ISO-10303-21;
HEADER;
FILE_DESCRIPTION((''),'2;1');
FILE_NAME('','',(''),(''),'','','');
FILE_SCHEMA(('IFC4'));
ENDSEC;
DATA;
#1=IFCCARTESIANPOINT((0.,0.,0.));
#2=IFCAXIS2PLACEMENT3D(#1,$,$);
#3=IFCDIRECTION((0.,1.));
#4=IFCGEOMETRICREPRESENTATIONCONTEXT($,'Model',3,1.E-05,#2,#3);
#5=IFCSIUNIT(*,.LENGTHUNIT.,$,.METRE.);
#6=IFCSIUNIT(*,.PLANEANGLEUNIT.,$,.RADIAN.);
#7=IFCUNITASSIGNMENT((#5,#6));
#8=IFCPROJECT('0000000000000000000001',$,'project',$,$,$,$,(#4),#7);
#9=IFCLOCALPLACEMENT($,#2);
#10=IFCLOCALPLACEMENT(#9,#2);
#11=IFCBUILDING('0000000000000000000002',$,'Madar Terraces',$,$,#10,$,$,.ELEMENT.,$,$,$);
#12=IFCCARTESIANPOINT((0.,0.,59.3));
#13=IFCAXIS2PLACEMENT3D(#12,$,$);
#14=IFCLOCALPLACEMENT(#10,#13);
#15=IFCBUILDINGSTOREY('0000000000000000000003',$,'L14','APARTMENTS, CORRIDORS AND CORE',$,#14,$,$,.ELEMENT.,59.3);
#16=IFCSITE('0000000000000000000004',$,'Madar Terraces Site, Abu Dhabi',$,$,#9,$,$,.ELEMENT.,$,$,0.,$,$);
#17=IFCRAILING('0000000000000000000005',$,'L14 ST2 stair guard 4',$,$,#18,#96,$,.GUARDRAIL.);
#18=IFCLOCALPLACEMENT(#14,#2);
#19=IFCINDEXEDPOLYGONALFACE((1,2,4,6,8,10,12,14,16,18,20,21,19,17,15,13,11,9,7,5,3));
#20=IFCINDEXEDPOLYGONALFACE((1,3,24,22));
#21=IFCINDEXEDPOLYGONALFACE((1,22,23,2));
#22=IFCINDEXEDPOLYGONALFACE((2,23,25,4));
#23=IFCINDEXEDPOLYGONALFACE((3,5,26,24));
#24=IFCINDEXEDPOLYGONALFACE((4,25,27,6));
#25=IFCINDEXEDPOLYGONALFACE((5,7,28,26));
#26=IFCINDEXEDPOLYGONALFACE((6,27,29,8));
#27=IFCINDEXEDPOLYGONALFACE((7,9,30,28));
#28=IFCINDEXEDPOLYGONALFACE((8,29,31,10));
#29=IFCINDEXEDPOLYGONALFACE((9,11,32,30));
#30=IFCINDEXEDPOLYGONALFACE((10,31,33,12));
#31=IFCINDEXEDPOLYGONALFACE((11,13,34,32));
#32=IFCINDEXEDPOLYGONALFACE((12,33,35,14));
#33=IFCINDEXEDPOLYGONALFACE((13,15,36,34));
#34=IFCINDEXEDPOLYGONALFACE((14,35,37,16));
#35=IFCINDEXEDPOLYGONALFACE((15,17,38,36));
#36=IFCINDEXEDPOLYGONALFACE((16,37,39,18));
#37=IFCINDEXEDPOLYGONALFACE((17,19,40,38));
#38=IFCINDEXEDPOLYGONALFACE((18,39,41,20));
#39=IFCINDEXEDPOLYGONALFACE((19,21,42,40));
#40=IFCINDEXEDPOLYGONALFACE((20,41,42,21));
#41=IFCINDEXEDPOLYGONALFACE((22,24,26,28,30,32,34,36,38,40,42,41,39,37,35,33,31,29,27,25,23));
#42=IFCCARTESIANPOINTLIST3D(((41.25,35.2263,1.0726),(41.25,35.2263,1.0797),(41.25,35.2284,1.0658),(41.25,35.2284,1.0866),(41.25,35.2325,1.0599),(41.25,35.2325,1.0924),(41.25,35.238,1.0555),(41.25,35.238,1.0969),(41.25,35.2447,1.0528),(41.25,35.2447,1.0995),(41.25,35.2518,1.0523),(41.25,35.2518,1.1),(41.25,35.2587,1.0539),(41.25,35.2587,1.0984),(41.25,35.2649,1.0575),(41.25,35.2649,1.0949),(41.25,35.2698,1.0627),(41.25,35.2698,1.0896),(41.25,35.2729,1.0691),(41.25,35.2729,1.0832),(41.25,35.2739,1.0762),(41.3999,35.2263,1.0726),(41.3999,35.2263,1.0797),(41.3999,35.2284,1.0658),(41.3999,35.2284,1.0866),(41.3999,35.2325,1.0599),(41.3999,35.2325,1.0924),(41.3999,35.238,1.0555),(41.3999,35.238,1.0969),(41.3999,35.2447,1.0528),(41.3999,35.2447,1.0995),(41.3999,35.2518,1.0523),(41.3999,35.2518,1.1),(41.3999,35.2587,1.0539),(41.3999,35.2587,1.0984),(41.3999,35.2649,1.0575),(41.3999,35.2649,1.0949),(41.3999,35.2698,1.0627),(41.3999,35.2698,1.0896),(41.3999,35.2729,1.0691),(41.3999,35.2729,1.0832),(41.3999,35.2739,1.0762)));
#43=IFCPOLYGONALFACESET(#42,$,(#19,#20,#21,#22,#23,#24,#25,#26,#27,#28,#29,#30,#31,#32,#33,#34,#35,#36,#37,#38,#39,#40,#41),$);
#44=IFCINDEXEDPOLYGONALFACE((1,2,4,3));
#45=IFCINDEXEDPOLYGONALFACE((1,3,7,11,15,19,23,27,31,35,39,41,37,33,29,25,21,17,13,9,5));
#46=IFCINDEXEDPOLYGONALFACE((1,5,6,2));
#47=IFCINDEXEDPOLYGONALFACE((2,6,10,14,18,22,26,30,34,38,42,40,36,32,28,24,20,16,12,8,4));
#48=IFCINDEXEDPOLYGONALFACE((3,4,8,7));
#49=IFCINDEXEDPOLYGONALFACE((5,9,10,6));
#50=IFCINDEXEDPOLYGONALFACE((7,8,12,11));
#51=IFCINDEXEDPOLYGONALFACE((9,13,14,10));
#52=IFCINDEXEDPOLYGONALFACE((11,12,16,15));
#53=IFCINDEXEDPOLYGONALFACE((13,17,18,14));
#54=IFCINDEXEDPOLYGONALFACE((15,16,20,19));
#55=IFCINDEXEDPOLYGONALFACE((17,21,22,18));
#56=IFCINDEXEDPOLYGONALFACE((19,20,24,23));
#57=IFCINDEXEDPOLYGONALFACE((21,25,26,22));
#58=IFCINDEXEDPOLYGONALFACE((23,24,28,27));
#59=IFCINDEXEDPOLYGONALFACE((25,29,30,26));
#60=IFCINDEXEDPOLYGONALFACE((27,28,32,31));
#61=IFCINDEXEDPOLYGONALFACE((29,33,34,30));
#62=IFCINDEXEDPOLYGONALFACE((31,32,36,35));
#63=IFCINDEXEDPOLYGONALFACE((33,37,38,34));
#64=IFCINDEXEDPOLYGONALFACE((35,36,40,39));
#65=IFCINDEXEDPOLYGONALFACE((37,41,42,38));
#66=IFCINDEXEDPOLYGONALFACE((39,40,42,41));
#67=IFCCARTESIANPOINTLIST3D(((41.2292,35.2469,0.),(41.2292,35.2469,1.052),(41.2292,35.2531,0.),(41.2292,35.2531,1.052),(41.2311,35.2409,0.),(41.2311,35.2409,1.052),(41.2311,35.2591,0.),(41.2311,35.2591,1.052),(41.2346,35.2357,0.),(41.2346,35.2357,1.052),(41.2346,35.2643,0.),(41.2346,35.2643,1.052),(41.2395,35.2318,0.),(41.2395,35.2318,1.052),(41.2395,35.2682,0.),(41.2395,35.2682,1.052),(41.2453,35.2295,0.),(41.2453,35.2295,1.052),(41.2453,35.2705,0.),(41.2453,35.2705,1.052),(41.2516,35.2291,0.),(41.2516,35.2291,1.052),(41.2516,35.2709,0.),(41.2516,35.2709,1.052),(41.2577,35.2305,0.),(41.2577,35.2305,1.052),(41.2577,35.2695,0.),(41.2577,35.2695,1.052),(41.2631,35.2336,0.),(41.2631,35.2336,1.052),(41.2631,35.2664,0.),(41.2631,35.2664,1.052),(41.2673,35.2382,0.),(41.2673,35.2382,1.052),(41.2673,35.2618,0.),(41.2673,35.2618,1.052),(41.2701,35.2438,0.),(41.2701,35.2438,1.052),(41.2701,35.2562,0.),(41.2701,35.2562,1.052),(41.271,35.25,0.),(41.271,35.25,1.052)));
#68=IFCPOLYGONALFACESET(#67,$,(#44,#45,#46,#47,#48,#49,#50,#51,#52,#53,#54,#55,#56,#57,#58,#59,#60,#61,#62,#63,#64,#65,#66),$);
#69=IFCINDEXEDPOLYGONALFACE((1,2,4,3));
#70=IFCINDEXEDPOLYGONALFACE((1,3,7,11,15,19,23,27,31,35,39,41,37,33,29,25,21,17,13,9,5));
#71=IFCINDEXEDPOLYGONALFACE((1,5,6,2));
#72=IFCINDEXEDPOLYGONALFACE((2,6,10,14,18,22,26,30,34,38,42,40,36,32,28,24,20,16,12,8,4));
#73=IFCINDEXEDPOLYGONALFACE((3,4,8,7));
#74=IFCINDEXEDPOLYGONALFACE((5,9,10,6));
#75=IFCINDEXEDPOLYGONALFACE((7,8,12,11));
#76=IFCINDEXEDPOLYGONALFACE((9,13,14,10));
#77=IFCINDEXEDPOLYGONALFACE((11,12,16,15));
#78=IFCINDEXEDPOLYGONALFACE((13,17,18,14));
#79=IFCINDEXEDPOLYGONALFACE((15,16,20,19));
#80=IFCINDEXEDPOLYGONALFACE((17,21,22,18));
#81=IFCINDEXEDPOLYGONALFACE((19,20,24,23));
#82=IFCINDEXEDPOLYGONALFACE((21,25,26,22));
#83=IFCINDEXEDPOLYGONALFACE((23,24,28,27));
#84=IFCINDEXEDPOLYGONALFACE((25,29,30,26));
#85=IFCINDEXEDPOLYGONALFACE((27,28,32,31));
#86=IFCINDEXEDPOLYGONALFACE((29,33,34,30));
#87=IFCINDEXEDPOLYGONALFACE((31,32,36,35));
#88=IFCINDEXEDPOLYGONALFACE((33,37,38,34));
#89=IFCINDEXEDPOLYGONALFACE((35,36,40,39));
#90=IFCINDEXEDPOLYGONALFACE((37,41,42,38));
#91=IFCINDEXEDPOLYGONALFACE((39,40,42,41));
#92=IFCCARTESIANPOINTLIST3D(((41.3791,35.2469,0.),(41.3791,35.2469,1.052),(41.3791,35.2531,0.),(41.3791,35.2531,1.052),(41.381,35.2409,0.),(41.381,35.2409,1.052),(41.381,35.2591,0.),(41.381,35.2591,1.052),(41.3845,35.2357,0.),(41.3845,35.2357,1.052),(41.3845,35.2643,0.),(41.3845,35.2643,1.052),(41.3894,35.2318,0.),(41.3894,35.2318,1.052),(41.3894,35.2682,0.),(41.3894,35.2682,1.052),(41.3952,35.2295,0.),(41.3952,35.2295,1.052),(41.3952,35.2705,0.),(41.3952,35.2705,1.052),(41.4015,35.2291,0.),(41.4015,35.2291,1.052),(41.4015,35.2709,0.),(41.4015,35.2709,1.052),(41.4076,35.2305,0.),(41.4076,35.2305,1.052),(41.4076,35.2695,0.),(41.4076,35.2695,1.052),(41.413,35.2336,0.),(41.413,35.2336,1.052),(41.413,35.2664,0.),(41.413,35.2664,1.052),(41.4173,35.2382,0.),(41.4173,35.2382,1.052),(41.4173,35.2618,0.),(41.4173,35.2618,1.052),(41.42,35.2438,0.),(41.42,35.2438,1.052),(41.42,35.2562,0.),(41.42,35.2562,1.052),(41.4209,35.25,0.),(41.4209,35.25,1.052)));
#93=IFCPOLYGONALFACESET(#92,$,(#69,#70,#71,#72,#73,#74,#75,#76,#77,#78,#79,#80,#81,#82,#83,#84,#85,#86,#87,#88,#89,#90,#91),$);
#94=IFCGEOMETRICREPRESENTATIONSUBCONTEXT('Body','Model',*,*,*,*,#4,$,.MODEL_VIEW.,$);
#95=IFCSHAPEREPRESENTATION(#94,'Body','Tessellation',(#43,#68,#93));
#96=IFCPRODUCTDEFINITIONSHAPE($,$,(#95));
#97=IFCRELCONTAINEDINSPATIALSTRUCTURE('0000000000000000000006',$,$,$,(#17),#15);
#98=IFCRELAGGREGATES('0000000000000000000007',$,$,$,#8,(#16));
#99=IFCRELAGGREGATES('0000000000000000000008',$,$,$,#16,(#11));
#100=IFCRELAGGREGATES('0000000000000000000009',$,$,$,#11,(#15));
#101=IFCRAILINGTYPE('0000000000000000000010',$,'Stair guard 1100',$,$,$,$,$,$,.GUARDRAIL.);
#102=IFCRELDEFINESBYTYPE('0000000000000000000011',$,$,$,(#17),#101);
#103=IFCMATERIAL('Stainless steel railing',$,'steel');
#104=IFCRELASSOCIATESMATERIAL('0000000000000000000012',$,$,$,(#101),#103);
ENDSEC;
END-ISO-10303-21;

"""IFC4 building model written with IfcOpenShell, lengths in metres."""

from ifc_helpers import new_model, si_unit, direction, frame, origin, origin_2d, place, context, subcontext, project, spatial, circle, extrude, material, type_object, element, save


model = new_model("IFC4")

# Units and contexts
model_context = context("Model", 3, precision=1e-05, world=origin(), true_north=direction((0.0, 1.0)))
body_context = subcontext(model_context, "Body", "Model", "MODEL_VIEW")
ifc_project = project(units=[si_unit("LENGTHUNIT", "METRE"), si_unit("PLANEANGLEUNIT", "RADIAN")], contexts=[model_context])

# Site, building, storey
site_placement = place(None, origin())
site = spatial("IfcSite", under=ifc_project, at=site_placement, Name="Madar Terraces Site, Abu Dhabi", CompositionType="ELEMENT", RefElevation=0.0)
building_placement = place(site_placement, origin())
building = spatial("IfcBuilding", under=site, at=building_placement, Name="Madar Terraces", CompositionType="ELEMENT")
storey_placement = place(building_placement, frame((0.0, 0.0, 59.3)))
storey = spatial("IfcBuildingStorey", under=building, at=storey_placement, Name="L14", Description="APARTMENTS, CORRIDORS AND CORE", CompositionType="ELEMENT", Elevation=59.3)

# Railing
ifc_material_1 = material(Name="Stainless steel railing", Category="steel")
railing_type_1 = type_object("IfcRailingType", Name="Stair guard 1100", PredefinedType="GUARDRAIL", material=ifc_material_1)
railing_1_placement = place(storey_placement, frame((41.25, 35.25, 0.0)))
element("IfcRailing", 1, at=railing_1_placement, inside=storey, type_object=railing_type_1, Name="L14 ST2 stair guard 4", PredefinedType="GUARDRAIL", context=body_context, shape_type="SweptSolid", body=[
    extrude(circle(Radius=0.0239, at=origin_2d()), frame((0.0, 0.0, 1.0762), z_axis=(1.0, 0.0, 0.0), x_axis=(0.0, 1.0, 0.0)), (0.0, 0.0, 1.0), 0.1499),
    extrude(circle(Radius=0.021, at=origin_2d()), origin(), (0.0, 0.0, 1.0), 1.052),
    extrude(circle(Radius=0.021, at=origin_2d()), frame((0.1499, 0.0, 0.0)), (0.0, 0.0, 1.0), 1.052),
])

save(model, "model.ifc")
